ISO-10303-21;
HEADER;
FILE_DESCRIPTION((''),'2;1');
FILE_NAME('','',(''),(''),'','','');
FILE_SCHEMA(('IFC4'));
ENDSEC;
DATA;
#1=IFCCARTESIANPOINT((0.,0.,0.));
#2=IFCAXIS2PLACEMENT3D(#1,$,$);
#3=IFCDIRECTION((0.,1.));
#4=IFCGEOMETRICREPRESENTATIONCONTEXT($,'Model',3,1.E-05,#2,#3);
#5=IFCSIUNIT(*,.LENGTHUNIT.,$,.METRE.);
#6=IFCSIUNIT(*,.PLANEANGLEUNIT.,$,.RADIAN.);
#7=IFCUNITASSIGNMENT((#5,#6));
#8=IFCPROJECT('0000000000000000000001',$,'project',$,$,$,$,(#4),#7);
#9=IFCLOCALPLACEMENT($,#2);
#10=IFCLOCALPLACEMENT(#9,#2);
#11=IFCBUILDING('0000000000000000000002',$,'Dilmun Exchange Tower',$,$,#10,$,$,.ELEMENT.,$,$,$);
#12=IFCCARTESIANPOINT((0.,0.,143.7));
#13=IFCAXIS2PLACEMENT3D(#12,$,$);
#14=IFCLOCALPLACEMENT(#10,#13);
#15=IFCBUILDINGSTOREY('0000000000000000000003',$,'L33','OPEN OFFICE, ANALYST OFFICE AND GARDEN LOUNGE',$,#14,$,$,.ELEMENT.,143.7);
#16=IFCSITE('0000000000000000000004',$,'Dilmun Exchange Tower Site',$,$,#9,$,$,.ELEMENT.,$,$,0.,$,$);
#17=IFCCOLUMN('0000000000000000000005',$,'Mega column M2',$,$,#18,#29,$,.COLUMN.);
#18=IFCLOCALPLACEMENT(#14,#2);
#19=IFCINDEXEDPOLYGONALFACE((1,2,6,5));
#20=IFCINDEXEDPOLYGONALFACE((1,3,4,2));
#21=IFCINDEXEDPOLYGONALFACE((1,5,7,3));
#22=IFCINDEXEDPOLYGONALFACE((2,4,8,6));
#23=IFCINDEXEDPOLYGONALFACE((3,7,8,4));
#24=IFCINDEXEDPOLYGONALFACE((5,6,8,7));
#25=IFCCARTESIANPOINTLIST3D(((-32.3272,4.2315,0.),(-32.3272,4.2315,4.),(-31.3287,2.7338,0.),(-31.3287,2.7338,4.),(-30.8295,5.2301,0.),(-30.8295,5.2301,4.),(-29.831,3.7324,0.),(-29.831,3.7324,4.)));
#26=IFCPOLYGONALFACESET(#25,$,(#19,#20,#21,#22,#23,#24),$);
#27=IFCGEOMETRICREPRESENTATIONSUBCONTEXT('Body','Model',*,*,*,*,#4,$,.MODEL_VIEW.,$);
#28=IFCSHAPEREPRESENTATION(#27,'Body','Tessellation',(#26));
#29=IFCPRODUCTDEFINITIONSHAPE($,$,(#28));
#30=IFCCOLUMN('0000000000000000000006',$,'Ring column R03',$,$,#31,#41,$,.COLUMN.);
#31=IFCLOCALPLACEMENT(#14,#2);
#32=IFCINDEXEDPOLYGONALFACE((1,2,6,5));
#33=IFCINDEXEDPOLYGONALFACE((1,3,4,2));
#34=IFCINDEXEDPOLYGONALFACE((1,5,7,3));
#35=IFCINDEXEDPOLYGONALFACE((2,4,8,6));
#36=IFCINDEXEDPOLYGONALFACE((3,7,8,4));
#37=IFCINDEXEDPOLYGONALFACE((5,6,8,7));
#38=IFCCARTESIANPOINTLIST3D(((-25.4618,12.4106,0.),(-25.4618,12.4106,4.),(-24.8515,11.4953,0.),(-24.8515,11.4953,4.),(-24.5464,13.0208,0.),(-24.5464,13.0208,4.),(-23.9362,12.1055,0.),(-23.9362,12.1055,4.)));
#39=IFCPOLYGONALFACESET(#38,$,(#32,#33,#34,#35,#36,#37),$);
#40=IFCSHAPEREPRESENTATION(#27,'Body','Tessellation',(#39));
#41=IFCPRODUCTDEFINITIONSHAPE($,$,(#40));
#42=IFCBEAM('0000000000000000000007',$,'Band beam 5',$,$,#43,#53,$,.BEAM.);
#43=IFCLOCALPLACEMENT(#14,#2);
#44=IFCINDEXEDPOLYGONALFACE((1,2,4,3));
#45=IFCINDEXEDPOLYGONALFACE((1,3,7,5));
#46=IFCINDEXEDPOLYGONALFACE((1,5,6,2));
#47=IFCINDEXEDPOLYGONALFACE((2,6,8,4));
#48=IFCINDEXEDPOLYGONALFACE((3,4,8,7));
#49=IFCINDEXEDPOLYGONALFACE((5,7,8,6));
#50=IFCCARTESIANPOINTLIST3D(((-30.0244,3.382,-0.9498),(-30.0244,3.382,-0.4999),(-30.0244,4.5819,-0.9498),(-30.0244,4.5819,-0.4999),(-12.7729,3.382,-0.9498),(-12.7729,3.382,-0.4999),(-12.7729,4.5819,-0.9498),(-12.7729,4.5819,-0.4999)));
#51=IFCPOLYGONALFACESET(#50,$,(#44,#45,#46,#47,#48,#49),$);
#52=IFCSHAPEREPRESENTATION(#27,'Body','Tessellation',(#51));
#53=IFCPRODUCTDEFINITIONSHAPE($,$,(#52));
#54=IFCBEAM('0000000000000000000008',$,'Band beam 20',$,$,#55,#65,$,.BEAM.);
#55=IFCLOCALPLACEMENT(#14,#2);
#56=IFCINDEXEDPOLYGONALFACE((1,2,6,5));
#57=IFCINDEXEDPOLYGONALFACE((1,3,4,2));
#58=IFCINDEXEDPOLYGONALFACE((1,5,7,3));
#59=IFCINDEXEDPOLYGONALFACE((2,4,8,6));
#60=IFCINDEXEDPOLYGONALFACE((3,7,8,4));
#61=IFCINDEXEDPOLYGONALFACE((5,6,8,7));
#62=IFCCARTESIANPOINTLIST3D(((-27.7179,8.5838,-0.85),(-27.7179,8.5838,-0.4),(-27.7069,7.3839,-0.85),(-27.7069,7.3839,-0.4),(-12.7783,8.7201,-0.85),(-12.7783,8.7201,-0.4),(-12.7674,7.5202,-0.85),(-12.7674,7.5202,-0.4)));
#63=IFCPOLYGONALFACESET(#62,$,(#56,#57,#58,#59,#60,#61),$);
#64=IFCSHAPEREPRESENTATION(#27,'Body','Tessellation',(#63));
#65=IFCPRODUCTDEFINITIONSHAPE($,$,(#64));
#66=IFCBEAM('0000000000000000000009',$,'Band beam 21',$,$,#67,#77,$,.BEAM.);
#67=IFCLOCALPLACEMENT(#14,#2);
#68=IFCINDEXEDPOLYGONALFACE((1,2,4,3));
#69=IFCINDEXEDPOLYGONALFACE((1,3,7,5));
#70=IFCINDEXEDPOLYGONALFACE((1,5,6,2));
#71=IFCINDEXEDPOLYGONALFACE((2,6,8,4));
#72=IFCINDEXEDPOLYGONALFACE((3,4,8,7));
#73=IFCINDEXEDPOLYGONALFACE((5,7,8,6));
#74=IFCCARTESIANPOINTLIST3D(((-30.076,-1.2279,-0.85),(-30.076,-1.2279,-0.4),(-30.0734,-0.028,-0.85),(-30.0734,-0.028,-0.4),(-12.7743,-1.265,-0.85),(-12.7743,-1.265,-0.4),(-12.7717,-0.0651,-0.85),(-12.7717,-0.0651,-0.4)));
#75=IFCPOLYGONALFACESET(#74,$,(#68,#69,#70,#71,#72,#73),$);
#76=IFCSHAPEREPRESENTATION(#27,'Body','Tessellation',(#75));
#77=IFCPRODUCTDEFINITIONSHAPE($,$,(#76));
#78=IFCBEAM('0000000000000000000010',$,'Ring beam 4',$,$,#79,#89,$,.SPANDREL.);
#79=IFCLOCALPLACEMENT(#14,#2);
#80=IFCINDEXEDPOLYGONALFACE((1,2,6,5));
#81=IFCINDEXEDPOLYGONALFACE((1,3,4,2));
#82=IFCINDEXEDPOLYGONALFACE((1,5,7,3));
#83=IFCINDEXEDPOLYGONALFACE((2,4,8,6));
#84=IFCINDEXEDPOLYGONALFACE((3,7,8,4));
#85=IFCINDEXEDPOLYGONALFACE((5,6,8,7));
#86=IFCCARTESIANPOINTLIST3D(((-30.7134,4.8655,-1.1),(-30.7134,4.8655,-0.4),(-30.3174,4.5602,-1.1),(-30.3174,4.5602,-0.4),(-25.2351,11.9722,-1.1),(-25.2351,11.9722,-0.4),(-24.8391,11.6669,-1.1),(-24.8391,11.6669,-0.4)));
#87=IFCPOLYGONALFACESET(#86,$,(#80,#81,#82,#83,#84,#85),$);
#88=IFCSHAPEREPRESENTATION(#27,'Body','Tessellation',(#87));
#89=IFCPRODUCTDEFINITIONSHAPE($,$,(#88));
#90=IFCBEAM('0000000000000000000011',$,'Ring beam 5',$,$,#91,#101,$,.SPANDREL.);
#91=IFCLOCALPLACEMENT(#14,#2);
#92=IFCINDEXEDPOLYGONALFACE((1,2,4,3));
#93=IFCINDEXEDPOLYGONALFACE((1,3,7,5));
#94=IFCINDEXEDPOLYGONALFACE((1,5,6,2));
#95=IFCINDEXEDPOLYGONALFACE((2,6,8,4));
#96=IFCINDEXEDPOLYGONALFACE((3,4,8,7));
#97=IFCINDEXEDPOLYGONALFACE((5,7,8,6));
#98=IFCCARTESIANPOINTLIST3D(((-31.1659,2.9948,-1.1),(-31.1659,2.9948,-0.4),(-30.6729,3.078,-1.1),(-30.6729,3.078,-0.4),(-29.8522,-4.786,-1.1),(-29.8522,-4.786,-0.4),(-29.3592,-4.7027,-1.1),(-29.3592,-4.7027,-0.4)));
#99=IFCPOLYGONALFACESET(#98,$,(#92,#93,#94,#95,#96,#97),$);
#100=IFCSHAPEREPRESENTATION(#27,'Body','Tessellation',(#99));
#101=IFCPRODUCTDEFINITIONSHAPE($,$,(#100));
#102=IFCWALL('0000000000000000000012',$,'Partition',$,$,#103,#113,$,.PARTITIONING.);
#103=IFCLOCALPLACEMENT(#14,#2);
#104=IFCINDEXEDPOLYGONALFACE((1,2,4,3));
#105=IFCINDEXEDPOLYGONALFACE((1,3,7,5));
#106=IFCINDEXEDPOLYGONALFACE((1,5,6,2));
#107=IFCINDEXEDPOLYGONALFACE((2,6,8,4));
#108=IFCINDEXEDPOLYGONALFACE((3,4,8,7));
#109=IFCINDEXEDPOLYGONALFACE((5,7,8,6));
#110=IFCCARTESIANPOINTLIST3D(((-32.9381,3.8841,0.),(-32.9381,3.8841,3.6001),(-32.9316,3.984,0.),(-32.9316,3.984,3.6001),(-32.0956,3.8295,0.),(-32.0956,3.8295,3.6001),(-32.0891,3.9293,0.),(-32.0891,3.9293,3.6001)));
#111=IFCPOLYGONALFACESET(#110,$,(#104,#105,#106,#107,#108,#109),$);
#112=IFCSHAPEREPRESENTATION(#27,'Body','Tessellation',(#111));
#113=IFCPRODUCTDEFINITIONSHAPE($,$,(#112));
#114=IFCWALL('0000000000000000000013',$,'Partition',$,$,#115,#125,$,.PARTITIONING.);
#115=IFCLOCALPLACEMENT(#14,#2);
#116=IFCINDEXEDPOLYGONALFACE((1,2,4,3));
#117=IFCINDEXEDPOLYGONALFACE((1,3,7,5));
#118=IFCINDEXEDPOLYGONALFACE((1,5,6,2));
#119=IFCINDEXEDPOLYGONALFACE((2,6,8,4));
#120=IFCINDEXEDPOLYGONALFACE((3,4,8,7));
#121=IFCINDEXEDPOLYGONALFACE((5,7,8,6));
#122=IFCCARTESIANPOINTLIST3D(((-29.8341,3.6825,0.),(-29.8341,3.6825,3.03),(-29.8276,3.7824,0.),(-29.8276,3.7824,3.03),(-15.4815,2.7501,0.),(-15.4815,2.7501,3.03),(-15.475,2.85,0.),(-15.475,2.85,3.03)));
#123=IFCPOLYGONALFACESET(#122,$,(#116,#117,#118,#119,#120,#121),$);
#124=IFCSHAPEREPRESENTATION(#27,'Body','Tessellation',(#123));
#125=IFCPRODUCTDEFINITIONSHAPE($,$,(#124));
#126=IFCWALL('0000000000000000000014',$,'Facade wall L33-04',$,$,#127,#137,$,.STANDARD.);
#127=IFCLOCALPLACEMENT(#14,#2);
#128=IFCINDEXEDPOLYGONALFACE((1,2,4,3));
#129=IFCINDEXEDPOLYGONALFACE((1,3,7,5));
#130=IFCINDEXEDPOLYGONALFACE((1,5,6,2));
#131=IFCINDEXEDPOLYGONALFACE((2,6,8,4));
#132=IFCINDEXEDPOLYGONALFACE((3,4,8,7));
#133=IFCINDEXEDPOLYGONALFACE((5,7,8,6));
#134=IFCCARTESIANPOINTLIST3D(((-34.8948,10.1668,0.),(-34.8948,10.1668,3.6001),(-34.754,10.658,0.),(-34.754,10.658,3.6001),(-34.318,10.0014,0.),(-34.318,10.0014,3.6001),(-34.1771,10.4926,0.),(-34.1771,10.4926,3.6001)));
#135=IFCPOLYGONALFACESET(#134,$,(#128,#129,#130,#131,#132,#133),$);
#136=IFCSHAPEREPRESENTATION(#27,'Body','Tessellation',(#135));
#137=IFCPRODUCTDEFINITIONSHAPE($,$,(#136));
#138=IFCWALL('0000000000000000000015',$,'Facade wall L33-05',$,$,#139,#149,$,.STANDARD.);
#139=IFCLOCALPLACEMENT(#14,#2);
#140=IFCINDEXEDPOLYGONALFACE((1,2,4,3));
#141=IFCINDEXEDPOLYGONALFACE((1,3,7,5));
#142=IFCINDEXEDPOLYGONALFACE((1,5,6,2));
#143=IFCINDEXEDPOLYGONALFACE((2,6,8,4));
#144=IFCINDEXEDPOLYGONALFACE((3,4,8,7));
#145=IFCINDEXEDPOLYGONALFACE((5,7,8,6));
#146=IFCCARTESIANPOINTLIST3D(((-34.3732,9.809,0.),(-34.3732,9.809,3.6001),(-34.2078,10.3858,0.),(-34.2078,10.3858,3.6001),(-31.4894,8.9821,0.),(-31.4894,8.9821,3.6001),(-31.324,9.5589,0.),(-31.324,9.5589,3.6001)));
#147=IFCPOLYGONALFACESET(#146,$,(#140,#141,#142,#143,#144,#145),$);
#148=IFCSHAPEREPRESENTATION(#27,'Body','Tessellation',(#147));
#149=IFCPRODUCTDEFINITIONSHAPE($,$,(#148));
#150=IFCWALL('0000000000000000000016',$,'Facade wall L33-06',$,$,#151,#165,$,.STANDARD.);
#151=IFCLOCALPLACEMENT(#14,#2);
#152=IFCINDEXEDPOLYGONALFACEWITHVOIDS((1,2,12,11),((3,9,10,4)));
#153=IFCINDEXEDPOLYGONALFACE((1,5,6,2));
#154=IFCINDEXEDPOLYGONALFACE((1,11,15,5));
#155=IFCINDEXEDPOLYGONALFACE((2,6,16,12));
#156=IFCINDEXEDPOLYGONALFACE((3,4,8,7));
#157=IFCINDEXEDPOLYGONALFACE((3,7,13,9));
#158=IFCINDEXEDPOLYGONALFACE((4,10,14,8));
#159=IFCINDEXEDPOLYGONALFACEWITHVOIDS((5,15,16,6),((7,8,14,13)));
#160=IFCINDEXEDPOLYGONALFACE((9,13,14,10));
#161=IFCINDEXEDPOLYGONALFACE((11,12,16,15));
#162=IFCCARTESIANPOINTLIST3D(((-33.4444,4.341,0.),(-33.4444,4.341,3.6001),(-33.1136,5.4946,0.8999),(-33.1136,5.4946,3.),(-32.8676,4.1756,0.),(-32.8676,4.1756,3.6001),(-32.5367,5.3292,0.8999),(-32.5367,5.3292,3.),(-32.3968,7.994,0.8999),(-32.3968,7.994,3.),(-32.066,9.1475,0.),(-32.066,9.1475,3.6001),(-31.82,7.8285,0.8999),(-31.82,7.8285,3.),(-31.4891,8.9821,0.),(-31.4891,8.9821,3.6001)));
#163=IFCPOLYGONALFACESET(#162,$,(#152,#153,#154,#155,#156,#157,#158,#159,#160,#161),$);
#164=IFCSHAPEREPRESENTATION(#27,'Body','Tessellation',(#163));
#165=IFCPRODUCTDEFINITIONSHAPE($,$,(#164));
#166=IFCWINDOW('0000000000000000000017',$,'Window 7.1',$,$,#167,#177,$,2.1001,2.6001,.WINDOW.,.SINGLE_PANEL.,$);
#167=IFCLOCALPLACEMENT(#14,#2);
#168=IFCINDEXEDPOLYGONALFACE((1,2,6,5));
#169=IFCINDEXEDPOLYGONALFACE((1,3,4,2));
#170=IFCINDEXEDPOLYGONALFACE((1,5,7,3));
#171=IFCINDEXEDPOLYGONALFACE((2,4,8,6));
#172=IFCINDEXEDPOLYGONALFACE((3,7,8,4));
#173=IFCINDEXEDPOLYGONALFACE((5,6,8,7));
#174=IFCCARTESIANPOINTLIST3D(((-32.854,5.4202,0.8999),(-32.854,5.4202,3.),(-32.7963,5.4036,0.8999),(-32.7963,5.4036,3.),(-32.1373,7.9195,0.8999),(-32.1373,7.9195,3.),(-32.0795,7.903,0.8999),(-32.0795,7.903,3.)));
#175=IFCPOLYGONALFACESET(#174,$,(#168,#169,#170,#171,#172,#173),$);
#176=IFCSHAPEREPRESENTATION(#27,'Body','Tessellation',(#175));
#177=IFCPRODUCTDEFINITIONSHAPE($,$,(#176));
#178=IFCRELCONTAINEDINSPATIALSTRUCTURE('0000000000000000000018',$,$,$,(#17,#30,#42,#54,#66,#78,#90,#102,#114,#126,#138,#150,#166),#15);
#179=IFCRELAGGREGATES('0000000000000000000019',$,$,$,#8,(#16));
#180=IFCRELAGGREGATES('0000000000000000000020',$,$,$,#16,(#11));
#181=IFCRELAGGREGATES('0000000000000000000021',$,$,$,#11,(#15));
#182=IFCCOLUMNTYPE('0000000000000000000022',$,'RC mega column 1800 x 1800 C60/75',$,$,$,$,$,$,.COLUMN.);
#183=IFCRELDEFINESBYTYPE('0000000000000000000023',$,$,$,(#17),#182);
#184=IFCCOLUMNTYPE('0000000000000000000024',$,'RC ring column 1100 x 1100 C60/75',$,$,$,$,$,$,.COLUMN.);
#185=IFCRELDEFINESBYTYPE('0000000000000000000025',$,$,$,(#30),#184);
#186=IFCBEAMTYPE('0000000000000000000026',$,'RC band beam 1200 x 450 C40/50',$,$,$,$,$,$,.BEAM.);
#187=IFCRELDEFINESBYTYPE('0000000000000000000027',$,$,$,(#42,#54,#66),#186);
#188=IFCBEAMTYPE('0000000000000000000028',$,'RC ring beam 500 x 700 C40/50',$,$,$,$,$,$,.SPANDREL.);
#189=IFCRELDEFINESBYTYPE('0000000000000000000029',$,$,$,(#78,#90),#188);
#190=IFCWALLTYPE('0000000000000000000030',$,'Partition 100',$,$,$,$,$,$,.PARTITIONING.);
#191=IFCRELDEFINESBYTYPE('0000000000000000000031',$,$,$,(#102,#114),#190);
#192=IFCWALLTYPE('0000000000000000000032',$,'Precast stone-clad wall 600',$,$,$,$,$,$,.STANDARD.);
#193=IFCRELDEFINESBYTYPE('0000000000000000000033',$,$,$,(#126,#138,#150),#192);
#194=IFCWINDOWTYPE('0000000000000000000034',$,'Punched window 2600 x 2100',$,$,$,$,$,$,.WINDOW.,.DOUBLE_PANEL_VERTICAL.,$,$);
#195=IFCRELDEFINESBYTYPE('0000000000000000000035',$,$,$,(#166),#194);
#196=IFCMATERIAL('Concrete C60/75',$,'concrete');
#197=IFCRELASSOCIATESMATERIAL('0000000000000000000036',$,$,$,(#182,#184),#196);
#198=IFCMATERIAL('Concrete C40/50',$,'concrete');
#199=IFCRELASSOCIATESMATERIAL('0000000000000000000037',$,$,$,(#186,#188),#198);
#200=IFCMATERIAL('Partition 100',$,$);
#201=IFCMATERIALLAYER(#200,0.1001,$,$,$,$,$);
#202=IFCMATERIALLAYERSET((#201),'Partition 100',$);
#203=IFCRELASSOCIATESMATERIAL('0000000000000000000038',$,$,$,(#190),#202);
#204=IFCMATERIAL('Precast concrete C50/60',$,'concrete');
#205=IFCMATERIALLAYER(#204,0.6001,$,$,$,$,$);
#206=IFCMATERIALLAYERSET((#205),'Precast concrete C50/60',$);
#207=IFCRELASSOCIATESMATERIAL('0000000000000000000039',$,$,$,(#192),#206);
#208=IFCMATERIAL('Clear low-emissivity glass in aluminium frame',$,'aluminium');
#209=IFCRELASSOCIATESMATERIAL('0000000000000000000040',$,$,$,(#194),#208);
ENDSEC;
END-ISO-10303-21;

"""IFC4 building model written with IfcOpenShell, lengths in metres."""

from ifc_helpers import new_model, si_unit, direction, frame, frame_2d, origin, origin_2d, place, context, subcontext, project, spatial, rectangle, extrude, material, layer, layer_set, material_profile, profile_set, type_object, element, fill, save


model = new_model("IFC4")

# Units and contexts
model_context = context("Model", 3, precision=1e-05, world=origin(), true_north=direction((0.0, 1.0)))
body_context = subcontext(model_context, "Body", "Model", "MODEL_VIEW")
ifc_project = project(units=[si_unit("LENGTHUNIT", "METRE"), si_unit("PLANEANGLEUNIT", "RADIAN")], contexts=[model_context])

# Site, building, storey
site_placement = place(None, origin())
site = spatial("IfcSite", under=ifc_project, at=site_placement, Name="Dilmun Exchange Tower Site", CompositionType="ELEMENT", RefElevation=0.0)
building_placement = place(site_placement, origin())
building = spatial("IfcBuilding", under=site, at=building_placement, Name="Dilmun Exchange Tower", CompositionType="ELEMENT")
storey_placement = place(building_placement, frame((0.0, 0.0, 143.7)))
storey = spatial("IfcBuildingStorey", under=building, at=storey_placement, Name="L33", Description="OPEN OFFICE, ANALYST OFFICE AND GARDEN LOUNGE", CompositionType="ELEMENT", Elevation=143.7)

# Columns
ifc_material_1 = material(Name="Concrete C60/75", Category="concrete")
ifc_material_profile_1 = material_profile(ifc_material_1, rectangle(XDim=1.8, YDim=1.8, at=origin_2d()), Name="1800 x 1800")
ifc_profile_set_1 = profile_set([ifc_material_profile_1], Name="Concrete C60/75")
column_type_1 = type_object("IfcColumnType", Name="RC mega column 1800 x 1800 C60/75", PredefinedType="COLUMN", material=ifc_profile_set_1)
column_1_placement = place(storey_placement, frame((-31.0791, 3.9819, 0.0), z_axis=(0.0, 0.0, 1.0), x_axis=(0.832029, 0.554733, 0.0)))
element("IfcColumn", 1, at=column_1_placement, inside=storey, type_object=column_type_1, Name="Mega column M2", PredefinedType="COLUMN", context=body_context, shape_type="SweptSolid", body=[
    extrude(rectangle(XDim=1.8, YDim=1.8, at=origin_2d()), origin(), (0.0, 0.0, 1.0), 4.0),
])
ifc_material_profile_2 = material_profile(ifc_material_1, rectangle(XDim=1.1001, YDim=1.1001, at=origin_2d()), Name="1100 x 1100")
ifc_profile_set_2 = profile_set([ifc_material_profile_2], Name="Concrete C60/75")
column_type_2 = type_object("IfcColumnType", Name="RC ring column 1100 x 1100 C60/75", PredefinedType="COLUMN", material=ifc_profile_set_2)
column_2_placement = place(storey_placement, frame((-24.699, 12.2581, 0.0), z_axis=(0.0, 0.0, 1.0), x_axis=(0.832029, 0.554733, 0.0)))
element("IfcColumn", 2, at=column_2_placement, inside=storey, type_object=column_type_2, Name="Ring column R03", PredefinedType="COLUMN", context=body_context, shape_type="SweptSolid", body=[
    extrude(rectangle(XDim=1.1001, YDim=1.1001, at=origin_2d()), origin(), (0.0, 0.0, 1.0), 4.0),
])

# Beams
ifc_material_2 = material(Name="Concrete C40/50", Category="concrete")
ifc_material_profile_3 = material_profile(ifc_material_2, rectangle(XDim=1.2, YDim=0.45, at=origin_2d()), Name="1200 x 450")
ifc_profile_set_3 = profile_set([ifc_material_profile_3], Name="Concrete C40/50")
beam_type_1 = type_object("IfcBeamType", Name="RC band beam 1200 x 450 C40/50", PredefinedType="BEAM", material=ifc_profile_set_3)
beam_1_placement = place(storey_placement, frame((-30.0244, 3.9819, -0.7249), z_axis=(1.0, 0.0, 0.0), x_axis=(0.0, 1.0, 0.0)))
element("IfcBeam", 3, at=beam_1_placement, inside=storey, type_object=beam_type_1, Name="Band beam 5", PredefinedType="BEAM", context=body_context, shape_type="SweptSolid", body=[
    extrude(rectangle(XDim=1.2, YDim=0.45, at=origin_2d()), origin(), (0.0, 0.0, 1.0), 17.2515),
])
beam_2_placement = place(storey_placement, frame((-27.7124, 7.9839, -0.625), z_axis=(0.999958, 0.009118, 0.0), x_axis=(-0.009118, 0.999958, 0.0)))
element("IfcBeam", 4, at=beam_2_placement, inside=storey, type_object=beam_type_1, Name="Band beam 20", PredefinedType="BEAM", context=body_context, shape_type="SweptSolid", body=[
    extrude(rectangle(XDim=1.2, YDim=0.45, at=origin_2d()), origin(), (0.0, 0.0, 1.0), 14.9402),
])
beam_3_placement = place(storey_placement, frame((-30.0747, -0.6279, -0.625), z_axis=(0.999998, -0.002145, 0.0), x_axis=(0.002145, 0.999998, 0.0)))
element("IfcBeam", 5, at=beam_3_placement, inside=storey, type_object=beam_type_1, Name="Band beam 21", PredefinedType="BEAM", context=body_context, shape_type="SweptSolid", body=[
    extrude(rectangle(XDim=1.2, YDim=0.45, at=origin_2d()), origin(), (0.0, 0.0, 1.0), 17.3018),
])
ifc_material_profile_4 = material_profile(ifc_material_2, rectangle(XDim=0.5, YDim=0.7, at=origin_2d()), Name="500 x 700")
ifc_profile_set_4 = profile_set([ifc_material_profile_4], Name="Concrete C40/50")
beam_type_2 = type_object("IfcBeamType", Name="RC ring beam 500 x 700 C40/50", PredefinedType="SPANDREL", material=ifc_profile_set_4)
beam_4_placement = place(storey_placement, frame((-25.0371, 11.8196, -0.75), z_axis=(-0.610522, -0.792, 0.0), x_axis=(0.792, -0.610522, 0.0)))
element("IfcBeam", 6, at=beam_4_placement, inside=storey, type_object=beam_type_2, Name="Ring beam 4", PredefinedType="SPANDREL", context=body_context, shape_type="SweptSolid", body=[
    extrude(rectangle(XDim=0.5, YDim=0.7, at=origin_2d()), origin(), (0.0, 0.0, 1.0), 8.9731),
])
beam_5_placement = place(storey_placement, frame((-30.9194, 3.0364, -0.75), z_axis=(0.166486, -0.986044, 0.0), x_axis=(0.986044, 0.166486, 0.0)))
element("IfcBeam", 7, at=beam_5_placement, inside=storey, type_object=beam_type_2, Name="Ring beam 5", PredefinedType="SPANDREL", context=body_context, shape_type="SweptSolid", body=[
    extrude(rectangle(XDim=0.5, YDim=0.7, at=origin_2d()), origin(), (0.0, 0.0, 1.0), 7.8909),
])

# Walls
ifc_material_3 = material(Name="Partition 100")
ifc_layer_1 = layer(ifc_material_3, 0.1001)
ifc_layer_set_1 = layer_set([ifc_layer_1], Name="Partition 100")
wall_type_1 = type_object("IfcWallType", Name="Partition 100", PredefinedType="PARTITIONING", material=ifc_layer_set_1)
wall_1_placement = place(storey_placement, frame((-32.9348, 3.9341, 0.0), z_axis=(0.0, 0.0, 1.0), x_axis=(0.9979, -0.064772, 0.0)))
element("IfcWall", 8, at=wall_1_placement, inside=storey, type_object=wall_type_1, Name="Partition", PredefinedType="PARTITIONING", context=body_context, shape_type="SweptSolid", body=[
    extrude(rectangle(XDim=0.8442, YDim=0.1001, at=frame_2d((0.4221, 0.0))), origin(), (0.0, 0.0, 1.0), 3.6001),
])
wall_2_placement = place(storey_placement, frame((-29.8308, 3.7324, 0.0), z_axis=(0.0, 0.0, 1.0), x_axis=(0.997897, -0.064826, 0.0)))
element("IfcWall", 9, at=wall_2_placement, inside=storey, type_object=wall_type_1, Name="Partition", PredefinedType="PARTITIONING", context=body_context, shape_type="SweptSolid", body=[
    extrude(rectangle(XDim=14.3828, YDim=0.1001, at=frame_2d((7.1914, 0.0))), origin(), (0.0, 0.0, 1.0), 3.03),
])
ifc_material_4 = material(Name="Precast concrete C50/60", Category="concrete")
ifc_layer_2 = layer(ifc_material_4, 0.6001)
ifc_layer_set_2 = layer_set([ifc_layer_2], Name="Precast concrete C50/60")
wall_type_2 = type_object("IfcWallType", Name="Precast stone-clad wall 600", PredefinedType="STANDARD", material=ifc_layer_set_2)
wall_3_placement = place(storey_placement, frame((-34.4656, 10.5752, 0.0), z_axis=(0.0, 0.0, 1.0), x_axis=(-0.275668, -0.961253, 0.0)))
element("IfcWall", 10, at=wall_3_placement, inside=storey, type_object=wall_type_2, Name="Facade wall L33-04", PredefinedType="STANDARD", context=body_context, shape_type="SweptSolid", body=[
    extrude(rectangle(XDim=0.511, YDim=0.6001, at=frame_2d((0.2554, 0.0))), origin(), (0.0, 0.0, 1.0), 3.6001),
])
wall_4_placement = place(storey_placement, frame((-34.2905, 10.0974, 0.0), z_axis=(0.0, 0.0, 1.0), x_axis=(0.961262, -0.275635, 0.0)))
element("IfcWall", 11, at=wall_4_placement, inside=storey, type_object=wall_type_2, Name="Facade wall L33-05", PredefinedType="STANDARD", context=body_context, shape_type="SweptSolid", body=[
    extrude(rectangle(XDim=3.0, YDim=0.6001, at=frame_2d((1.5, 0.0))), origin(), (0.0, 0.0, 1.0), 3.6001),
])

# Wall, opening, window
wall_5_placement = place(storey_placement, frame((-31.7776, 9.0647, 0.0), z_axis=(0.0, 0.0, 1.0), x_axis=(-0.275675, -0.961251, 0.0)))
wall_5 = element("IfcWall", 12, at=wall_5_placement, inside=storey, type_object=wall_type_2, Name="Facade wall L33-06", PredefinedType="STANDARD", context=body_context, shape_type="SweptSolid", body=[
    extrude(rectangle(XDim=5.0002, YDim=0.6001, at=frame_2d((2.5, 0.0))), origin(), (0.0, 0.0, 1.0), 3.6001),
])
opening_1_placement = place(wall_5_placement, frame((1.2, 0.0, 0.8999)))
opening_1 = element("IfcOpeningElement", 13, at=opening_1_placement, cuts=wall_5, PredefinedType="OPENING", context=body_context, shape_type="SweptSolid", body=[
    extrude(rectangle(XDim=2.6001, YDim=2.1001, at=frame_2d((1.3, 1.05))), frame((0.0, 0.3101, 0.0), z_axis=(0.0, -1.0, 0.0), x_axis=(1.0, 0.0, 0.0)), (0.0, 0.0, 1.0), 0.6201),
])
ifc_material_5 = material(Name="Clear low-emissivity glass in aluminium frame", Category="aluminium")
window_type_1 = type_object("IfcWindowType", Name="Punched window 2600 x 2100", PartitioningType="DOUBLE_PANEL_VERTICAL", PredefinedType="WINDOW", material=ifc_material_5)
window_1_placement = place(opening_1_placement, origin())
window_1 = element("IfcWindow", 14, at=window_1_placement, inside=storey, type_object=window_type_1, Name="Window 7.1", OverallHeight=2.1001, OverallWidth=2.6001, PartitioningType="SINGLE_PANEL", PredefinedType="WINDOW", context=body_context, shape_type="SweptSolid", body=[
    extrude(rectangle(XDim=2.6001, YDim=2.1001, at=frame_2d((1.3, 1.05))), frame((0.0, 0.03, 0.0), z_axis=(0.0, -1.0, 0.0), x_axis=(1.0, 0.0, 0.0)), (0.0, 0.0, 1.0), 0.0601),
])
fill(opening_1, window_1)

save(model, "model.ifc")
